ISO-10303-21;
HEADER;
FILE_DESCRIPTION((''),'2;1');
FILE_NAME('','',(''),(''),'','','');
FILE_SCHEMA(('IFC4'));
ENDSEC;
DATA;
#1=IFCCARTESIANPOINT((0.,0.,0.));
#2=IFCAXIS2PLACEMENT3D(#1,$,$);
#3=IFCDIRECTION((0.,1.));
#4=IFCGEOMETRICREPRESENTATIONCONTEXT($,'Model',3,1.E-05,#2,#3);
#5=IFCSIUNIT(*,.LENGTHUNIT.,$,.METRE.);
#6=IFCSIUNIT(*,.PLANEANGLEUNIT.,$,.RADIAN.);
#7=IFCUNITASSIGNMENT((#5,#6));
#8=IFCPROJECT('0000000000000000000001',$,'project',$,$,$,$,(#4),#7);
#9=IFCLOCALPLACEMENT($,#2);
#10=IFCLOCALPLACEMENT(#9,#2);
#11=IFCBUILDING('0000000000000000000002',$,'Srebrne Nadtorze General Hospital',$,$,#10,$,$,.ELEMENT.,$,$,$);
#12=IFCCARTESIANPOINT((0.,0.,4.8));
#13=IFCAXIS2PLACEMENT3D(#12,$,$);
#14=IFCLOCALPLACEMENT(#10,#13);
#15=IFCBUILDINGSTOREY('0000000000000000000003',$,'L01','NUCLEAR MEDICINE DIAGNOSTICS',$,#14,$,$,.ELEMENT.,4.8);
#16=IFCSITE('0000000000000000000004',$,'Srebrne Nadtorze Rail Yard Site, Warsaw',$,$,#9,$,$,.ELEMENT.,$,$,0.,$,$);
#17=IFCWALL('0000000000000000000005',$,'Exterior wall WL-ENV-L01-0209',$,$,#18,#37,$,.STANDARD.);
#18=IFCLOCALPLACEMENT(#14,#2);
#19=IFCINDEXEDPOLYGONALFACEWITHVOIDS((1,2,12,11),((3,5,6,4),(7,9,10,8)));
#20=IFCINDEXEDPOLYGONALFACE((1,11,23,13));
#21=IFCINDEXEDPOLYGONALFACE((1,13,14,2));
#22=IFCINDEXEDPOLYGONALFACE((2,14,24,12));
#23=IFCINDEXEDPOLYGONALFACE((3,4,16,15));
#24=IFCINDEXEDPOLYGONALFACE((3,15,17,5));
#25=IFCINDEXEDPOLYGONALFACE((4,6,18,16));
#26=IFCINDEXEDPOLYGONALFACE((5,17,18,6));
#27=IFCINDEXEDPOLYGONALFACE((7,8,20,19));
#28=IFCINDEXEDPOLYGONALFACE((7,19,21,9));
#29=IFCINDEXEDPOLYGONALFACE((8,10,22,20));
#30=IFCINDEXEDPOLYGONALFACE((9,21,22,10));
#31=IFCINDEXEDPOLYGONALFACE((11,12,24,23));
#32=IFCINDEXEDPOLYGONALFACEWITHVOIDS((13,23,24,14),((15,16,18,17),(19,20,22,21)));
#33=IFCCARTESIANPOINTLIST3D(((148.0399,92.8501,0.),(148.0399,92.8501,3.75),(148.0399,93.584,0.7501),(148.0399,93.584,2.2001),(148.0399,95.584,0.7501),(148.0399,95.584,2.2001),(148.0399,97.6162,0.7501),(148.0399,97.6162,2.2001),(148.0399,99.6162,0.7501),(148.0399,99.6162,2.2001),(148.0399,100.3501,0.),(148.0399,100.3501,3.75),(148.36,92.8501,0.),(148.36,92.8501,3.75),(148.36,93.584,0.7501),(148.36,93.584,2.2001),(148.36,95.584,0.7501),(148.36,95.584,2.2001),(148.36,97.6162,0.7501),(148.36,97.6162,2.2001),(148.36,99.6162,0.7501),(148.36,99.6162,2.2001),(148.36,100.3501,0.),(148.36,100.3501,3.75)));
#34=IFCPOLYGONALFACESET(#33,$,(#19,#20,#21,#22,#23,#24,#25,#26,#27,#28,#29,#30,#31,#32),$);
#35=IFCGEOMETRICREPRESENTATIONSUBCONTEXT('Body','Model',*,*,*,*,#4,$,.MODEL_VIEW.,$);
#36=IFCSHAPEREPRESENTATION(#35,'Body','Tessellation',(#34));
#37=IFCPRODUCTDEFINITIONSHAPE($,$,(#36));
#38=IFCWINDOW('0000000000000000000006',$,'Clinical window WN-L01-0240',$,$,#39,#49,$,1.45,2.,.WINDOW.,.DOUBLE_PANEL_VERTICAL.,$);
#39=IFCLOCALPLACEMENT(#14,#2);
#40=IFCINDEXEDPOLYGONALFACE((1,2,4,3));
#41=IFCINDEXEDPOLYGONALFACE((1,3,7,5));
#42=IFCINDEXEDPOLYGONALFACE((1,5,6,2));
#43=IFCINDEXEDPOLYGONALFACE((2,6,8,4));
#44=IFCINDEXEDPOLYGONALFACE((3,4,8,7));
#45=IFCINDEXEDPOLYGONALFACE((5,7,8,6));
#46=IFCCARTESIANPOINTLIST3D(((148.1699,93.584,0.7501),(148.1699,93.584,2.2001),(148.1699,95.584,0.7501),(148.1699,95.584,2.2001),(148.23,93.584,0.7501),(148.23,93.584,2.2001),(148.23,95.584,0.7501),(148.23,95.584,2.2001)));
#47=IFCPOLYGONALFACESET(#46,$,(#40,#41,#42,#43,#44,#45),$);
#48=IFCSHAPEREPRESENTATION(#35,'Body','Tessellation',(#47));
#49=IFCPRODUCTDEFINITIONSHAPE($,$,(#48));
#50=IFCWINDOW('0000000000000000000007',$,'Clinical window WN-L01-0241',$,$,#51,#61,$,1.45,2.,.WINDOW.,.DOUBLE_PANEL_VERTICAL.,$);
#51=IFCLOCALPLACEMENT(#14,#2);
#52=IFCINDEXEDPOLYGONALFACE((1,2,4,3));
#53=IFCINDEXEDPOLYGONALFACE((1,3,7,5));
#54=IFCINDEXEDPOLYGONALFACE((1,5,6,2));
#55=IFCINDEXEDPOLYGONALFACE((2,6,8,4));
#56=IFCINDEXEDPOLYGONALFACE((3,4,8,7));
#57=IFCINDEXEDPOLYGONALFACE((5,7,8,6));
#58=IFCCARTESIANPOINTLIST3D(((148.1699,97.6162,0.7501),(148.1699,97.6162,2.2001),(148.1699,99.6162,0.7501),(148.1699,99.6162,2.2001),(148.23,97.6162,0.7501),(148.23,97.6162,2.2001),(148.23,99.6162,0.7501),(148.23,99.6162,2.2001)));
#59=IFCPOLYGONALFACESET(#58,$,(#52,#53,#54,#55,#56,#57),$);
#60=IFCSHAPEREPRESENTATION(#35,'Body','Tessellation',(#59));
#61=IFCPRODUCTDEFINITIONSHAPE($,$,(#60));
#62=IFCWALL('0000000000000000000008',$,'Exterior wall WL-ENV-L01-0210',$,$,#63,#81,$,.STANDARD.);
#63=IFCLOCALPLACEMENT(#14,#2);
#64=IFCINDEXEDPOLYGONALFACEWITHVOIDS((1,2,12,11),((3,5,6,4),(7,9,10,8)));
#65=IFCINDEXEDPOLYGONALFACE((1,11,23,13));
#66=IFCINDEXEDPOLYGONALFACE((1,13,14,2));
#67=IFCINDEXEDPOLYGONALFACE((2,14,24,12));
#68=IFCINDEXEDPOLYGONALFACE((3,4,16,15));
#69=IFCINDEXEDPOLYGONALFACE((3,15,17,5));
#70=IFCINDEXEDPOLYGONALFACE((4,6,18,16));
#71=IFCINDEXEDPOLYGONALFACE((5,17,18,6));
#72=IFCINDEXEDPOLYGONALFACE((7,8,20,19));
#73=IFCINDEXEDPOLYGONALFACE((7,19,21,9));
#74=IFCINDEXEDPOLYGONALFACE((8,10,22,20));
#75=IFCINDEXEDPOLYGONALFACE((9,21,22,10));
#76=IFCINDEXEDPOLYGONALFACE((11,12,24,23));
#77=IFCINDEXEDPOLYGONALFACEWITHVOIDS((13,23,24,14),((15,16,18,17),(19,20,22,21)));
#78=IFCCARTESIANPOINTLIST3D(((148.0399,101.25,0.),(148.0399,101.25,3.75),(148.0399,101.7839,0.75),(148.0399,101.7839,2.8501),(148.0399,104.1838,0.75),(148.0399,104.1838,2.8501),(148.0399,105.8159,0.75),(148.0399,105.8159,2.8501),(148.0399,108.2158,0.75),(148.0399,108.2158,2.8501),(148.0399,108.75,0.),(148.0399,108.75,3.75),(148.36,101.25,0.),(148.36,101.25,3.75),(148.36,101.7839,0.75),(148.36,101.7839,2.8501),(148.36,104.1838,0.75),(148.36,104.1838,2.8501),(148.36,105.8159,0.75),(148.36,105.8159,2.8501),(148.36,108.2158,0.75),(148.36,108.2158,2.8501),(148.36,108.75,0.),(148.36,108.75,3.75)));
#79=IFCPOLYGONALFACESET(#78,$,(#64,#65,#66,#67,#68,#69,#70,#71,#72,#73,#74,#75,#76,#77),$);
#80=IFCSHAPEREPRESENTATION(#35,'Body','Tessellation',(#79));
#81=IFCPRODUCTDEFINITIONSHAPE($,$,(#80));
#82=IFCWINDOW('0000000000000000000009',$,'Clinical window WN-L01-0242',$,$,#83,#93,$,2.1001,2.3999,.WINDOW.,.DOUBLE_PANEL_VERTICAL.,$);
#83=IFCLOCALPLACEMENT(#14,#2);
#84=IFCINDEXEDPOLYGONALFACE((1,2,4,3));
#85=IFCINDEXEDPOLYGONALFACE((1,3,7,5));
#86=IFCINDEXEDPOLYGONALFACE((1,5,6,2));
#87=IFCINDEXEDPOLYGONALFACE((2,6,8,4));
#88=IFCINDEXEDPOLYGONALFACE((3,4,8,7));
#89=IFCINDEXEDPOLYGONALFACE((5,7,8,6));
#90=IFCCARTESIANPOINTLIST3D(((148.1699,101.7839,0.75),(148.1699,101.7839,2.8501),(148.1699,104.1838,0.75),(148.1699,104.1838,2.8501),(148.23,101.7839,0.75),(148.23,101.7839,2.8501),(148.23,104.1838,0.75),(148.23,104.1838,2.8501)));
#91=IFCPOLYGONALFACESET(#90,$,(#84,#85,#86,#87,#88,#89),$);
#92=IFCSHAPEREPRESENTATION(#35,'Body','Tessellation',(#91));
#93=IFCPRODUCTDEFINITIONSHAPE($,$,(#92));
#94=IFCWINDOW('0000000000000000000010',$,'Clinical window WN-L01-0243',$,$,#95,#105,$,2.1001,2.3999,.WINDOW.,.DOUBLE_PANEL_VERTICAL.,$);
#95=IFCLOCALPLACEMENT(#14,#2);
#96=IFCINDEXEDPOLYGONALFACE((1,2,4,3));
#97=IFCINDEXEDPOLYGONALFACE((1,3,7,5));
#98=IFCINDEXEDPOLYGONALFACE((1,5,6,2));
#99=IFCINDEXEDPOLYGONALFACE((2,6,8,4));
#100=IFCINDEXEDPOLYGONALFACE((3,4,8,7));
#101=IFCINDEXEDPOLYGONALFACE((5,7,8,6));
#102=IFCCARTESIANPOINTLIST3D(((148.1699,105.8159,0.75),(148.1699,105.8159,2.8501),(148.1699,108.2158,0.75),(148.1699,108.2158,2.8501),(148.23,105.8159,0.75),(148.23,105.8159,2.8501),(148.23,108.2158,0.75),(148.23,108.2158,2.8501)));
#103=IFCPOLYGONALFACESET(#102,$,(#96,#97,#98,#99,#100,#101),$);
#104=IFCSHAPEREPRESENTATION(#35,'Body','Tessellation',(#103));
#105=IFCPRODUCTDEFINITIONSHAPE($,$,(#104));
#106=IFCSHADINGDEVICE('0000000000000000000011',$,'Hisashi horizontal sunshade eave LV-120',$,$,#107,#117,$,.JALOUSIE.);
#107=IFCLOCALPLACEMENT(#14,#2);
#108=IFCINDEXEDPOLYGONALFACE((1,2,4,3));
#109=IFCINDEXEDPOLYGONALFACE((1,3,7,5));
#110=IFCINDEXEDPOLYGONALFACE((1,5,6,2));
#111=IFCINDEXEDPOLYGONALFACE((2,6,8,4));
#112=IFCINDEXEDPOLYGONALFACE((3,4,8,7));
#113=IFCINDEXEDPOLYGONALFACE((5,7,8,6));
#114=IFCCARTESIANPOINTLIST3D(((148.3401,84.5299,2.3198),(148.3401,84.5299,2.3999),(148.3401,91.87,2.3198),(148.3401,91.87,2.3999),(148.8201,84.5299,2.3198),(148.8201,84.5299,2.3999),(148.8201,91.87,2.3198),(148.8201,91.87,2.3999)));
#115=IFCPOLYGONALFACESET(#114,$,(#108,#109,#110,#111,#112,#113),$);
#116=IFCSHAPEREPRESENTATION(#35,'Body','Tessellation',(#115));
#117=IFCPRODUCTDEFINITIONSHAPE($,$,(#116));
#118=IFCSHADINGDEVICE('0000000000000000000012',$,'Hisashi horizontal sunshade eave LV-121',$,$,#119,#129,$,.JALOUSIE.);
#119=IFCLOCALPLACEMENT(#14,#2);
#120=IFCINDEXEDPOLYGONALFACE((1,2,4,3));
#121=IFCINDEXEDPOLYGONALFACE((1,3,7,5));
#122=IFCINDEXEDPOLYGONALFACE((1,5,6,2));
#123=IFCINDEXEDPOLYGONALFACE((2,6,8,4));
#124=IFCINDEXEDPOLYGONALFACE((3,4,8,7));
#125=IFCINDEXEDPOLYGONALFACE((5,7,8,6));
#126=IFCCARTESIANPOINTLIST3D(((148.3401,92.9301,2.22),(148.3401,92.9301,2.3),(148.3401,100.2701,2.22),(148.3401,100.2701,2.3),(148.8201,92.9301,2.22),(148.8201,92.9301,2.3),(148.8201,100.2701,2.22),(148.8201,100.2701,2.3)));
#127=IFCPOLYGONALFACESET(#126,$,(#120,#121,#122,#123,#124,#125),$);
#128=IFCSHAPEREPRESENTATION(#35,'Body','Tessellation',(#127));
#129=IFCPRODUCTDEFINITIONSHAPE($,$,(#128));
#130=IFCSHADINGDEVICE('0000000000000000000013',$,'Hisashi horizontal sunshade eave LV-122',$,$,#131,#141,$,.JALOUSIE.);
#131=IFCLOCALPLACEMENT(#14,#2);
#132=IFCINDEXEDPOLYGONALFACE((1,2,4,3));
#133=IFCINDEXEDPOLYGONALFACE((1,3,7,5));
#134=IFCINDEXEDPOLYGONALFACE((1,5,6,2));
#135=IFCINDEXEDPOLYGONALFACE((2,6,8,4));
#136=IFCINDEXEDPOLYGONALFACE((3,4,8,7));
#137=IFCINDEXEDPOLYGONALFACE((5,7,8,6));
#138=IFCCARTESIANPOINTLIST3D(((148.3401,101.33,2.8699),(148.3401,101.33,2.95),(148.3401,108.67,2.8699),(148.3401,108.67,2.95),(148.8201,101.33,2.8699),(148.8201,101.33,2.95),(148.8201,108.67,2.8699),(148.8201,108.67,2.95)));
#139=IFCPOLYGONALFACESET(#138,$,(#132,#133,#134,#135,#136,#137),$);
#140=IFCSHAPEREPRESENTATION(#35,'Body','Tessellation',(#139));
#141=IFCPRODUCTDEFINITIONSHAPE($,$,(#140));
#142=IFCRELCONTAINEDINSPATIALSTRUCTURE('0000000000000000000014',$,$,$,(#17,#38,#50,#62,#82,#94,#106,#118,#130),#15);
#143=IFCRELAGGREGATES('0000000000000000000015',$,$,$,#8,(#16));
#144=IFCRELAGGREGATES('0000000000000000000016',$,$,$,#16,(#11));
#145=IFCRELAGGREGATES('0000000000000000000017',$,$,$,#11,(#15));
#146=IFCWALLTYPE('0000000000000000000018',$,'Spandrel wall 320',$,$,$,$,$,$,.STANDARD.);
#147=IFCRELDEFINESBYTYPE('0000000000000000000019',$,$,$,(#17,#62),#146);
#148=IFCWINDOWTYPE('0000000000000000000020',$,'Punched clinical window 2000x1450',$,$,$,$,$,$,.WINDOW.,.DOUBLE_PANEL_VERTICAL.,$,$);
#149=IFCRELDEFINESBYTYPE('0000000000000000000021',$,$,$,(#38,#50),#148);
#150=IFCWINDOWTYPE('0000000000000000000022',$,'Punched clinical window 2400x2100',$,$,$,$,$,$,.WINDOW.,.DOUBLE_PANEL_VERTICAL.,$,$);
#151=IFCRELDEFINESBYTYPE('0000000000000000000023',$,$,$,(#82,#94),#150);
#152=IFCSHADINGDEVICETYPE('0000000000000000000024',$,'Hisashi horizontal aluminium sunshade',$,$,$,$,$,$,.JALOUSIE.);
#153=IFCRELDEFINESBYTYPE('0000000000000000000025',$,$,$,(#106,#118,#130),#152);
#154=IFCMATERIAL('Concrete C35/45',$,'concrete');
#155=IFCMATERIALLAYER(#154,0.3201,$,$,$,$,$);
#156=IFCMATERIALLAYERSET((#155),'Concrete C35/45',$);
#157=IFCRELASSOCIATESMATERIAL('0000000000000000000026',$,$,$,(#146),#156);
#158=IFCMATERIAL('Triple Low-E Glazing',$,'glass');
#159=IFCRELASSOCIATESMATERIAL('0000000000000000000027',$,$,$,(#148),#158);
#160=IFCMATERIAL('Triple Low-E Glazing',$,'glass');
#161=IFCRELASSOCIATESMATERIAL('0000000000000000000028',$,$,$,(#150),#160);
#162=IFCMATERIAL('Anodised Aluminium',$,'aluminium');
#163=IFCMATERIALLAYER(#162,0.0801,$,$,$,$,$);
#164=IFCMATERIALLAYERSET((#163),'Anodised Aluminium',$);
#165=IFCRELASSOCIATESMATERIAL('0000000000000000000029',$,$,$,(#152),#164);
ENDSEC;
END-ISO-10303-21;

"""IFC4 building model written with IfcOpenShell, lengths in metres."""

from ifc_helpers import new_model, si_unit, direction, frame, frame_2d, origin, origin_2d, place, context, subcontext, project, spatial, rectangle, extrude, material, layer, layer_set, type_object, element, fill, save


model = new_model("IFC4")

# Units and contexts
model_context = context("Model", 3, precision=1e-05, world=origin(), true_north=direction((0.0, 1.0)))
body_context = subcontext(model_context, "Body", "Model", "MODEL_VIEW")
ifc_project = project(units=[si_unit("LENGTHUNIT", "METRE"), si_unit("PLANEANGLEUNIT", "RADIAN")], contexts=[model_context])

# Site, building, storey
site_placement = place(None, origin())
site = spatial("IfcSite", under=ifc_project, at=site_placement, Name="Srebrne Nadtorze Rail Yard Site, Warsaw", CompositionType="ELEMENT", RefElevation=0.0)
building_placement = place(site_placement, origin())
building = spatial("IfcBuilding", under=site, at=building_placement, Name="Srebrne Nadtorze General Hospital", CompositionType="ELEMENT")
storey_placement = place(building_placement, frame((0.0, 0.0, 4.8)))
storey = spatial("IfcBuildingStorey", under=building, at=storey_placement, Name="L01", Description="NUCLEAR MEDICINE DIAGNOSTICS", CompositionType="ELEMENT", Elevation=4.8)

# Walls, openings, windows
ifc_material_1 = material(Name="Concrete C35/45", Category="concrete")
ifc_layer_1 = layer(ifc_material_1, 0.3201)
ifc_layer_set_1 = layer_set([ifc_layer_1], Name="Concrete C35/45")
wall_type_1 = type_object("IfcWallType", Name="Spandrel wall 320", PredefinedType="STANDARD", material=ifc_layer_set_1)
wall_1_placement = place(storey_placement, frame((148.2, 92.8501, 0.0), z_axis=(0.0, 0.0, 1.0), x_axis=(0.0, 1.0, 0.0)))
wall_1 = element("IfcWall", 1, at=wall_1_placement, inside=storey, type_object=wall_type_1, Name="Exterior wall WL-ENV-L01-0209", PredefinedType="STANDARD", context=body_context, shape_type="SweptSolid", body=[
    extrude(rectangle(XDim=7.5, YDim=0.3201, at=frame_2d((3.75, 0.0))), origin(), (0.0, 0.0, 1.0), 3.75),
])
opening_1_placement = place(wall_1_placement, frame((0.7339, 0.0, 0.75)))
opening_1 = element("IfcOpeningElement", 2, at=opening_1_placement, cuts=wall_1, PredefinedType="OPENING", context=body_context, shape_type="SweptSolid", body=[
    extrude(rectangle(XDim=2.0, YDim=1.45, at=frame_2d((1.0, 0.7251))), frame((0.0, 0.1719, 0.0), z_axis=(0.0, -1.0, 0.0), x_axis=(1.0, 0.0, 0.0)), (0.0, 0.0, 1.0), 0.344),
])
opening_2_placement = place(wall_1_placement, frame((4.7661, 0.0, 0.75)))
opening_2 = element("IfcOpeningElement", 3, at=opening_2_placement, cuts=wall_1, PredefinedType="OPENING", context=body_context, shape_type="SweptSolid", body=[
    extrude(rectangle(XDim=2.0, YDim=1.45, at=frame_2d((1.0, 0.7251))), frame((0.0, 0.1719, 0.0), z_axis=(0.0, -1.0, 0.0), x_axis=(1.0, 0.0, 0.0)), (0.0, 0.0, 1.0), 0.344),
])
ifc_material_2 = material(Name="Triple Low-E Glazing", Category="glass")
window_type_1 = type_object("IfcWindowType", Name="Punched clinical window 2000x1450", PartitioningType="DOUBLE_PANEL_VERTICAL", PredefinedType="WINDOW", material=ifc_material_2)
window_1_placement = place(opening_1_placement, origin())
window_1 = element("IfcWindow", 4, at=window_1_placement, inside=storey, type_object=window_type_1, Name="Clinical window WN-L01-0240", OverallHeight=1.45, OverallWidth=2.0, PartitioningType="DOUBLE_PANEL_VERTICAL", PredefinedType="WINDOW", context=body_context, shape_type="SweptSolid", body=[
    extrude(rectangle(XDim=2.0, YDim=1.45, at=frame_2d((1.0, 0.7251))), frame((0.0, 0.03, 0.0), z_axis=(0.0, -1.0, 0.0), x_axis=(1.0, 0.0, 0.0)), (0.0, 0.0, 1.0), 0.0601),
])
fill(opening_1, window_1)
window_2_placement = place(opening_2_placement, origin())
window_2 = element("IfcWindow", 5, at=window_2_placement, inside=storey, type_object=window_type_1, Name="Clinical window WN-L01-0241", OverallHeight=1.45, OverallWidth=2.0, PartitioningType="DOUBLE_PANEL_VERTICAL", PredefinedType="WINDOW", context=body_context, shape_type="SweptSolid", body=[
    extrude(rectangle(XDim=2.0, YDim=1.45, at=frame_2d((1.0, 0.7251))), frame((0.0, 0.03, 0.0), z_axis=(0.0, -1.0, 0.0), x_axis=(1.0, 0.0, 0.0)), (0.0, 0.0, 1.0), 0.0601),
])
fill(opening_2, window_2)
wall_2_placement = place(storey_placement, frame((148.2, 101.25, 0.0), z_axis=(0.0, 0.0, 1.0), x_axis=(0.0, 1.0, 0.0)))
wall_2 = element("IfcWall", 6, at=wall_2_placement, inside=storey, type_object=wall_type_1, Name="Exterior wall WL-ENV-L01-0210", PredefinedType="STANDARD", context=body_context, shape_type="SweptSolid", body=[
    extrude(rectangle(XDim=7.5, YDim=0.3201, at=frame_2d((3.75, 0.0))), origin(), (0.0, 0.0, 1.0), 3.75),
])
opening_3_placement = place(wall_2_placement, frame((0.5339, 0.0, 0.75)))
opening_3 = element("IfcOpeningElement", 7, at=opening_3_placement, cuts=wall_2, PredefinedType="OPENING", context=body_context, shape_type="SweptSolid", body=[
    extrude(rectangle(XDim=2.3999, YDim=2.1001, at=frame_2d((1.2, 1.05))), frame((0.0, 0.1719, 0.0), z_axis=(0.0, -1.0, 0.0), x_axis=(1.0, 0.0, 0.0)), (0.0, 0.0, 1.0), 0.344),
])
opening_4_placement = place(wall_2_placement, frame((4.5659, 0.0, 0.75)))
opening_4 = element("IfcOpeningElement", 8, at=opening_4_placement, cuts=wall_2, PredefinedType="OPENING", context=body_context, shape_type="SweptSolid", body=[
    extrude(rectangle(XDim=2.3999, YDim=2.1001, at=frame_2d((1.2, 1.05))), frame((0.0, 0.1719, 0.0), z_axis=(0.0, -1.0, 0.0), x_axis=(1.0, 0.0, 0.0)), (0.0, 0.0, 1.0), 0.344),
])
ifc_material_3 = material(Name="Triple Low-E Glazing", Category="glass")
window_type_2 = type_object("IfcWindowType", Name="Punched clinical window 2400x2100", PartitioningType="DOUBLE_PANEL_VERTICAL", PredefinedType="WINDOW", material=ifc_material_3)
window_3_placement = place(opening_3_placement, origin())
window_3 = element("IfcWindow", 9, at=window_3_placement, inside=storey, type_object=window_type_2, Name="Clinical window WN-L01-0242", OverallHeight=2.1001, OverallWidth=2.3999, PartitioningType="DOUBLE_PANEL_VERTICAL", PredefinedType="WINDOW", context=body_context, shape_type="SweptSolid", body=[
    extrude(rectangle(XDim=2.3999, YDim=2.1001, at=frame_2d((1.2, 1.05))), frame((0.0, 0.03, 0.0), z_axis=(0.0, -1.0, 0.0), x_axis=(1.0, 0.0, 0.0)), (0.0, 0.0, 1.0), 0.0601),
])
fill(opening_3, window_3)
window_4_placement = place(opening_4_placement, origin())
window_4 = element("IfcWindow", 10, at=window_4_placement, inside=storey, type_object=window_type_2, Name="Clinical window WN-L01-0243", OverallHeight=2.1001, OverallWidth=2.3999, PartitioningType="DOUBLE_PANEL_VERTICAL", PredefinedType="WINDOW", context=body_context, shape_type="SweptSolid", body=[
    extrude(rectangle(XDim=2.3999, YDim=2.1001, at=frame_2d((1.2, 1.05))), frame((0.0, 0.03, 0.0), z_axis=(0.0, -1.0, 0.0), x_axis=(1.0, 0.0, 0.0)), (0.0, 0.0, 1.0), 0.0601),
])
fill(opening_4, window_4)

# Shading devices
ifc_material_4 = material(Name="Anodised Aluminium", Category="aluminium")
ifc_layer_2 = layer(ifc_material_4, 0.0801)
ifc_layer_set_2 = layer_set([ifc_layer_2], Name="Anodised Aluminium")
shading_device_type = type_object("IfcShadingDeviceType", Name="Hisashi horizontal aluminium sunshade", PredefinedType="JALOUSIE", material=ifc_layer_set_2)
for number, where, z_axis, x_axis, name in (
    (11, (148.5801, 88.2, 2.3198), (0.0, 0.0, 1.0), (1.0, 0.0, 0.0), "Hisashi horizontal sunshade eave LV-120"),
    (12, (148.5801, 96.6001, 2.22), (0.0, 0.0, 1.0), (1.0, 0.0, 0.0), "Hisashi horizontal sunshade eave LV-121"),
    (13, (148.5801, 105.0, 2.8699), (0.0, 0.0, 1.0), (1.0, 0.0, 0.0), "Hisashi horizontal sunshade eave LV-122"),
):
    element("IfcShadingDevice", number, at=place(storey_placement, frame(where, z_axis=z_axis, x_axis=x_axis)), inside=storey, type_object=shading_device_type, Name=name, PredefinedType="JALOUSIE", context=body_context, shape_type="SweptSolid", body=[
        extrude(rectangle(XDim=0.48, YDim=7.3401, at=origin_2d()), origin(), (0.0, 0.0, 1.0), 0.0801),
    ])

save(model, "model.ifc")
